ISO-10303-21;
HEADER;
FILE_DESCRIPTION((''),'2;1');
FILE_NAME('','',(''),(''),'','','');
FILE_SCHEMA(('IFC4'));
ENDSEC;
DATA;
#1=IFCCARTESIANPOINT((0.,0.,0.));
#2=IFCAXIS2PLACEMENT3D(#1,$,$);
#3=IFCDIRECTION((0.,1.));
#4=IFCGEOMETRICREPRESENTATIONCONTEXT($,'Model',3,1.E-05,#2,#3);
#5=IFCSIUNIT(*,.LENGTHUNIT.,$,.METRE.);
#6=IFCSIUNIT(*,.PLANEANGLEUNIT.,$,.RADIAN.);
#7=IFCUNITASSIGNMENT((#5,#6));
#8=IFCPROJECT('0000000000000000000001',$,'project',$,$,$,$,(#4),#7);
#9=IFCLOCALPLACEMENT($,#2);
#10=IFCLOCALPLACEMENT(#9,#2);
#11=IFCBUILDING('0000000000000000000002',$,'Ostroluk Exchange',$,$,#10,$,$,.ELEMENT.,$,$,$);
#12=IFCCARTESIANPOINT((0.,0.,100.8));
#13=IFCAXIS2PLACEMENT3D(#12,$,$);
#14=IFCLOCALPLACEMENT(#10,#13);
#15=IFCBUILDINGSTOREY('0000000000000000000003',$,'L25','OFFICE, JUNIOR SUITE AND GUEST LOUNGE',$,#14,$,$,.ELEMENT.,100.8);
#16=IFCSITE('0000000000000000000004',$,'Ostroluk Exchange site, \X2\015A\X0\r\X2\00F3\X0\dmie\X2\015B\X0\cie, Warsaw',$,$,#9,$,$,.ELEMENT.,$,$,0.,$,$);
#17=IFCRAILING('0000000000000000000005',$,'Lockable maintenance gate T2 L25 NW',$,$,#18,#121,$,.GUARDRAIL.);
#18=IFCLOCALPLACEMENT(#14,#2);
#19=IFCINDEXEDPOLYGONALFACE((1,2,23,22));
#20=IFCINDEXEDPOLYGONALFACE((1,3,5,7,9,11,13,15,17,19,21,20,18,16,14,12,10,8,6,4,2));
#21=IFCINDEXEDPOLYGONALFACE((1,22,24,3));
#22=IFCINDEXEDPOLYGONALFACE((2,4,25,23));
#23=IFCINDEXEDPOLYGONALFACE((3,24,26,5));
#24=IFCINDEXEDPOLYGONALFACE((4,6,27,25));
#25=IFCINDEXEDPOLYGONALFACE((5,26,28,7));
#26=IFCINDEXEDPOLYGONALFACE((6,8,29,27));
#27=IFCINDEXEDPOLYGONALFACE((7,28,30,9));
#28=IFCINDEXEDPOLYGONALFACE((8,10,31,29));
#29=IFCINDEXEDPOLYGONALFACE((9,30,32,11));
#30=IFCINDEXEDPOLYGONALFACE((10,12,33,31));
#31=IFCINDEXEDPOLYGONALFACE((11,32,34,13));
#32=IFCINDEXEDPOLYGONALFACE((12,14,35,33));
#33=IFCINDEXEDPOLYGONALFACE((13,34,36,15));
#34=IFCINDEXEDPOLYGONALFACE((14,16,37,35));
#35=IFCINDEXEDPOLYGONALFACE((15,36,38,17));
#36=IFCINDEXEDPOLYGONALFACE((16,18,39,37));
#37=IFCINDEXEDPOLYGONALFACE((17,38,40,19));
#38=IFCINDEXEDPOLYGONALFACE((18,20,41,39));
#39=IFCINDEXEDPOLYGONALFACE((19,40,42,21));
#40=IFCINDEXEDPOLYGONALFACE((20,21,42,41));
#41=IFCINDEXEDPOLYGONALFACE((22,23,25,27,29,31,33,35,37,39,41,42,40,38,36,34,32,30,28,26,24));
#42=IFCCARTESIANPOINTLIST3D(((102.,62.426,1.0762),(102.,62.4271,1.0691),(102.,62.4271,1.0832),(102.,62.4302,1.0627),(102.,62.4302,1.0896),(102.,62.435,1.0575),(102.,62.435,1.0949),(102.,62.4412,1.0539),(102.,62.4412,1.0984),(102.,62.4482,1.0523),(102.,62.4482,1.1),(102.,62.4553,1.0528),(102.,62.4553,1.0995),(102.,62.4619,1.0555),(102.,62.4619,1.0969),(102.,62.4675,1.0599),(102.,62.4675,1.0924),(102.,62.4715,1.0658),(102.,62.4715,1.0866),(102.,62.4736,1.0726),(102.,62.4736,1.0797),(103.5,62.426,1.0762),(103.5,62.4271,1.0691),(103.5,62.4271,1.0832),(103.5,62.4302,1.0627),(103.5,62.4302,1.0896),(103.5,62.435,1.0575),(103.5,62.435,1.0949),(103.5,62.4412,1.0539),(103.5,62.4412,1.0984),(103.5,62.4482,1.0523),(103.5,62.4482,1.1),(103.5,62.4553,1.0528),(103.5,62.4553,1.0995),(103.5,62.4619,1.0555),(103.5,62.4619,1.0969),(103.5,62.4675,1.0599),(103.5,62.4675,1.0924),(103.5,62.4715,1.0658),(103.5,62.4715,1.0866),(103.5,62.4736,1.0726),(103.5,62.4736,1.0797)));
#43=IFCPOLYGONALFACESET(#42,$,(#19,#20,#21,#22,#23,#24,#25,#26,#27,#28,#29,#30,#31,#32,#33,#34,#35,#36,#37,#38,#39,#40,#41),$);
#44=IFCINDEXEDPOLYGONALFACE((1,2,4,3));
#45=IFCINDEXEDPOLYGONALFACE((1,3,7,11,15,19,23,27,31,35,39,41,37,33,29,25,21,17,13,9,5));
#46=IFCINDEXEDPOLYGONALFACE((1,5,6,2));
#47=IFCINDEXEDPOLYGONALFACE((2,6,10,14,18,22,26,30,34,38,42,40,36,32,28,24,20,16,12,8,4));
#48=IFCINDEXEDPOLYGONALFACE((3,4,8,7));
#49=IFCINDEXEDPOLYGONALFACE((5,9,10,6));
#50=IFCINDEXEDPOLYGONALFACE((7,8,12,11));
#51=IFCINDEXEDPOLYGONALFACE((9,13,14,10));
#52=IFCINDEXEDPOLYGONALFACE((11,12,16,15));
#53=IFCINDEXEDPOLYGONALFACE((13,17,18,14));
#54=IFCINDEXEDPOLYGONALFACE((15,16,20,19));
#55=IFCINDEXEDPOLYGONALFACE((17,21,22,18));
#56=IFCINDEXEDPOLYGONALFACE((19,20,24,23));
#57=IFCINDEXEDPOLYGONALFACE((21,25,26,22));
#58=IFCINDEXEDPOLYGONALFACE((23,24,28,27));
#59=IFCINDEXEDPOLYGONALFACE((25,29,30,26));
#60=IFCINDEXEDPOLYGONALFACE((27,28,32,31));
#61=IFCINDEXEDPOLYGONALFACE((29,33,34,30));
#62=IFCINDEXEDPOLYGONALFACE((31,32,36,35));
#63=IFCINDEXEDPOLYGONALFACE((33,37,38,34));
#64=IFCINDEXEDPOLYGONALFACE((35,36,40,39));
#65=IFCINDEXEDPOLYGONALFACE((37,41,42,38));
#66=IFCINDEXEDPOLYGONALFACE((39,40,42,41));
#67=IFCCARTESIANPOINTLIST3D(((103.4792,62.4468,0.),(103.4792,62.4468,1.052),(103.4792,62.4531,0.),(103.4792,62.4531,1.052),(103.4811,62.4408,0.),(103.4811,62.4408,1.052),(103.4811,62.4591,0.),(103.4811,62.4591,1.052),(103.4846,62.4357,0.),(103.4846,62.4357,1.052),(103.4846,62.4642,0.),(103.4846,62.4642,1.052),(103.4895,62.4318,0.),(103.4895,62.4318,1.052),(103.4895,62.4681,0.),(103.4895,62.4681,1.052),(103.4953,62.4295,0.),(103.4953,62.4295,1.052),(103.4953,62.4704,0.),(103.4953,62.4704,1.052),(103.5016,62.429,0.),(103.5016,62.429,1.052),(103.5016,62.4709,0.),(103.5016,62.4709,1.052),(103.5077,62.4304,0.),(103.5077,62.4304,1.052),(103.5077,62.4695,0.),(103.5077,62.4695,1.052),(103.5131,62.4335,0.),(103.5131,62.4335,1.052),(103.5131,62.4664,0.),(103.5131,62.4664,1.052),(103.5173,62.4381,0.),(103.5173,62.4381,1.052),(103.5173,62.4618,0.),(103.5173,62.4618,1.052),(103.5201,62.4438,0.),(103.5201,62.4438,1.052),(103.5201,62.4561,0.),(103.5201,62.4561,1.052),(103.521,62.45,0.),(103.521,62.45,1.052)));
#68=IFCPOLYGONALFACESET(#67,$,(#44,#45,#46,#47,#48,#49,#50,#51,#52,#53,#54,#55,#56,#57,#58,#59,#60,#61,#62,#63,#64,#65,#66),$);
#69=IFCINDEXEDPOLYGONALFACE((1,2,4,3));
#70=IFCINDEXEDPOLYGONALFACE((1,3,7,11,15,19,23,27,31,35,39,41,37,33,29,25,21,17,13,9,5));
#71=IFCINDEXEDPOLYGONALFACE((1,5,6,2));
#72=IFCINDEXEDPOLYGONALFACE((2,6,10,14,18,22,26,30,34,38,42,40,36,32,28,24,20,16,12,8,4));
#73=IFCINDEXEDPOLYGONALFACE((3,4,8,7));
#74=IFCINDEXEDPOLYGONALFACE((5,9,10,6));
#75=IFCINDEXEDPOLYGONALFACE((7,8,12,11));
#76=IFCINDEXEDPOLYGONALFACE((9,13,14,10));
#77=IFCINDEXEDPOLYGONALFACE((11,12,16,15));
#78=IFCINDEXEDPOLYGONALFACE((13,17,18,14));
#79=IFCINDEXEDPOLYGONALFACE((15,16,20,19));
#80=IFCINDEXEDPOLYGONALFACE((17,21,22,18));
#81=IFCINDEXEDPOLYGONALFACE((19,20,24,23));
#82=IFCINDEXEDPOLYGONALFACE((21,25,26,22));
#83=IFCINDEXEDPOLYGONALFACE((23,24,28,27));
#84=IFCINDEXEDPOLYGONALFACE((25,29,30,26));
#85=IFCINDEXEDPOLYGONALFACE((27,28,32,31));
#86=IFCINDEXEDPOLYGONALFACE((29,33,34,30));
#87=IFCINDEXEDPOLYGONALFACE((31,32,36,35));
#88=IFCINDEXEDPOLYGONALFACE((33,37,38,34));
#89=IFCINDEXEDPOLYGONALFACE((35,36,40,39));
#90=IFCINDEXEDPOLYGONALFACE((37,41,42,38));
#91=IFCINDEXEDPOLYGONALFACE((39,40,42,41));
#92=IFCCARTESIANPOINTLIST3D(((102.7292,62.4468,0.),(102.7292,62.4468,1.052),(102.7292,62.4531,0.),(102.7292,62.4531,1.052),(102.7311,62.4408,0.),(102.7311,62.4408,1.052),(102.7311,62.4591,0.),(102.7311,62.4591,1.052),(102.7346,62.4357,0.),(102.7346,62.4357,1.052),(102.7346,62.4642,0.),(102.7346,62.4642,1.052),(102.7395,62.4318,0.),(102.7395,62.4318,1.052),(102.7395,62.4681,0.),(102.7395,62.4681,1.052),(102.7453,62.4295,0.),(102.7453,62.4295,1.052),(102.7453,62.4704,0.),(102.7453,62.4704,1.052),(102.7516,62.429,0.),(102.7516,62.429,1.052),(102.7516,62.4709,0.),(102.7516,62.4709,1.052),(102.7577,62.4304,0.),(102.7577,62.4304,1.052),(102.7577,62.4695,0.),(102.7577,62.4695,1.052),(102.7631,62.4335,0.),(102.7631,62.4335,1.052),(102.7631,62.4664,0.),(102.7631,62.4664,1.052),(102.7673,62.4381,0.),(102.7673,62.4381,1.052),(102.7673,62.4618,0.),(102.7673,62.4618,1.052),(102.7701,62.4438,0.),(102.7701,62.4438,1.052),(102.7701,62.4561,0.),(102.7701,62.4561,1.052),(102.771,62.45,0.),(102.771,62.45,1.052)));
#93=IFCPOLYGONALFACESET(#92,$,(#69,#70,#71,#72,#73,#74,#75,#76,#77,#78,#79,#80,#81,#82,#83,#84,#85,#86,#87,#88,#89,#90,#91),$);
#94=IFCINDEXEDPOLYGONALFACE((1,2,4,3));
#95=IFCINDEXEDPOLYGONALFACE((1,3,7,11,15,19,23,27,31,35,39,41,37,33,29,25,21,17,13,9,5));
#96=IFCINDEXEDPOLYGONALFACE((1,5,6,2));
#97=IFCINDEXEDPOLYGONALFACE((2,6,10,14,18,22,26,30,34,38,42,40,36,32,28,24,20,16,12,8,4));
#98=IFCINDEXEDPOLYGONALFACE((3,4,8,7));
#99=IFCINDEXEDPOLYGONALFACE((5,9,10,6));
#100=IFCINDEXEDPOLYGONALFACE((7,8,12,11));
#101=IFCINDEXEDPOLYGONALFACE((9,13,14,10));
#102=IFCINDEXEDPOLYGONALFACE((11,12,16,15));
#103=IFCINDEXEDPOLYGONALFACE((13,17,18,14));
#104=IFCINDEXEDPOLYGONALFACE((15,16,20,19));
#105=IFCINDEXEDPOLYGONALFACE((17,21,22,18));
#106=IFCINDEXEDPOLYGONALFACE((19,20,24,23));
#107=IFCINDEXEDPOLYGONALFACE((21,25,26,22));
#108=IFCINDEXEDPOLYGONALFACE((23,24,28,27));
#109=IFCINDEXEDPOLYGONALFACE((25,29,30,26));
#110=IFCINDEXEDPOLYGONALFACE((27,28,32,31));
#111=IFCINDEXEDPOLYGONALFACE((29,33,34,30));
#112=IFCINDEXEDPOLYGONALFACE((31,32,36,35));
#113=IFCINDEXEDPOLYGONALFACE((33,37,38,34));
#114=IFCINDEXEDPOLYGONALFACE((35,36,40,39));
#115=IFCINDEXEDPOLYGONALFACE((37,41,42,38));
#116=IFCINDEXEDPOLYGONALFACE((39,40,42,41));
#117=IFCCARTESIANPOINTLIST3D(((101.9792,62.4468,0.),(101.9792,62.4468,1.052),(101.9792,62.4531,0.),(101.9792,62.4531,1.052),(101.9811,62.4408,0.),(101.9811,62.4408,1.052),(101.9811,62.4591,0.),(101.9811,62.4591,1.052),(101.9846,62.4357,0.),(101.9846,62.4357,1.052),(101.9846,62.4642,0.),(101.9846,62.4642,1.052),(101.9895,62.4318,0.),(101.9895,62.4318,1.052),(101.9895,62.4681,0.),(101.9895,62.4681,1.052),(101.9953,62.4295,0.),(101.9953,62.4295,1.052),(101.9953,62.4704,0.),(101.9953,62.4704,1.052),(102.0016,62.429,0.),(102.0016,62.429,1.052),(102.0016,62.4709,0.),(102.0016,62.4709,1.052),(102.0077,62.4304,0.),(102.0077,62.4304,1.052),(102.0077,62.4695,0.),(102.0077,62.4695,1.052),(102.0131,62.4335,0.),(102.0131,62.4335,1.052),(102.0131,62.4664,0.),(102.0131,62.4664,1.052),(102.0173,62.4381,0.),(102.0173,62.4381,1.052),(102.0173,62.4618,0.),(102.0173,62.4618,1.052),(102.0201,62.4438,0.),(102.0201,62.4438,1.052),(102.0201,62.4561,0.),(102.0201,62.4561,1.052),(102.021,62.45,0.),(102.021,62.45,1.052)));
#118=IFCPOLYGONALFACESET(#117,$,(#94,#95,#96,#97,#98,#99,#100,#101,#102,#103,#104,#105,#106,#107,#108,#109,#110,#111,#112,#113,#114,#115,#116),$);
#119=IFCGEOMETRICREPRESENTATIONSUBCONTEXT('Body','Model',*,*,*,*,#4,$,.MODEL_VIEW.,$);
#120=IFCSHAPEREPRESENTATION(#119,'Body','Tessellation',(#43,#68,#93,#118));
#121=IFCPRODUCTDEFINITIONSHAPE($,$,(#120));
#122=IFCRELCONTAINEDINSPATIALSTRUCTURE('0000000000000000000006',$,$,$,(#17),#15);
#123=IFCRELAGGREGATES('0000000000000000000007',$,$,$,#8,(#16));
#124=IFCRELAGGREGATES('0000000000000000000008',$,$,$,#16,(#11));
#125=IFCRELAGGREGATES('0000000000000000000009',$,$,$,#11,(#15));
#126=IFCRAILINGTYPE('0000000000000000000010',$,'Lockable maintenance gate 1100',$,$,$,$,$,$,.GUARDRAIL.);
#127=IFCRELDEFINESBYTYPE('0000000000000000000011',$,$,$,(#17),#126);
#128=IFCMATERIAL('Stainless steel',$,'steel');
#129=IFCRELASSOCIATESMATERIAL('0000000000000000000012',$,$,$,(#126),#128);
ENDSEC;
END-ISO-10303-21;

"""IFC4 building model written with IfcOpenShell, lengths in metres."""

from ifc_helpers import new_model, si_unit, direction, frame, origin, origin_2d, place, context, subcontext, project, spatial, circle, extrude, material, type_object, element, save


model = new_model("IFC4")

# Units and contexts
model_context = context("Model", 3, precision=1e-05, world=origin(), true_north=direction((0.0, 1.0)))
body_context = subcontext(model_context, "Body", "Model", "MODEL_VIEW")
ifc_project = project(units=[si_unit("LENGTHUNIT", "METRE"), si_unit("PLANEANGLEUNIT", "RADIAN")], contexts=[model_context])

# Site, building, storey
site_placement = place(None, origin())
site = spatial("IfcSite", under=ifc_project, at=site_placement, Name="Ostroluk Exchange site, Śródmieście, Warsaw", CompositionType="ELEMENT", RefElevation=0.0)
building_placement = place(site_placement, origin())
building = spatial("IfcBuilding", under=site, at=building_placement, Name="Ostroluk Exchange", CompositionType="ELEMENT")
storey_placement = place(building_placement, frame((0.0, 0.0, 100.8)))
storey = spatial("IfcBuildingStorey", under=building, at=storey_placement, Name="L25", Description="OFFICE, JUNIOR SUITE AND GUEST LOUNGE", CompositionType="ELEMENT", Elevation=100.8)

# Railing
ifc_material_1 = material(Name="Stainless steel", Category="steel")
railing_type_1 = type_object("IfcRailingType", Name="Lockable maintenance gate 1100", PredefinedType="GUARDRAIL", material=ifc_material_1)
railing_1_placement = place(storey_placement, frame((103.5, 62.45, 0.0)))
element("IfcRailing", 1, at=railing_1_placement, inside=storey, type_object=railing_type_1, Name="Lockable maintenance gate T2 L25 NW", PredefinedType="GUARDRAIL", context=body_context, shape_type="SweptSolid", body=[
    extrude(circle(Radius=0.0239, at=origin_2d()), frame((0.0, 0.0, 1.0762), z_axis=(-1.0, 0.0, 0.0), x_axis=(0.0, -1.0, 0.0)), (0.0, 0.0, 1.0), 1.5),
    extrude(circle(Radius=0.021, at=origin_2d()), origin(), (0.0, 0.0, 1.0), 1.052),
    extrude(circle(Radius=0.021, at=origin_2d()), frame((-0.75, 0.0, 0.0)), (0.0, 0.0, 1.0), 1.052),
    extrude(circle(Radius=0.021, at=origin_2d()), frame((-1.5, 0.0, 0.0)), (0.0, 0.0, 1.0), 1.052),
])

save(model, "model.ifc")
